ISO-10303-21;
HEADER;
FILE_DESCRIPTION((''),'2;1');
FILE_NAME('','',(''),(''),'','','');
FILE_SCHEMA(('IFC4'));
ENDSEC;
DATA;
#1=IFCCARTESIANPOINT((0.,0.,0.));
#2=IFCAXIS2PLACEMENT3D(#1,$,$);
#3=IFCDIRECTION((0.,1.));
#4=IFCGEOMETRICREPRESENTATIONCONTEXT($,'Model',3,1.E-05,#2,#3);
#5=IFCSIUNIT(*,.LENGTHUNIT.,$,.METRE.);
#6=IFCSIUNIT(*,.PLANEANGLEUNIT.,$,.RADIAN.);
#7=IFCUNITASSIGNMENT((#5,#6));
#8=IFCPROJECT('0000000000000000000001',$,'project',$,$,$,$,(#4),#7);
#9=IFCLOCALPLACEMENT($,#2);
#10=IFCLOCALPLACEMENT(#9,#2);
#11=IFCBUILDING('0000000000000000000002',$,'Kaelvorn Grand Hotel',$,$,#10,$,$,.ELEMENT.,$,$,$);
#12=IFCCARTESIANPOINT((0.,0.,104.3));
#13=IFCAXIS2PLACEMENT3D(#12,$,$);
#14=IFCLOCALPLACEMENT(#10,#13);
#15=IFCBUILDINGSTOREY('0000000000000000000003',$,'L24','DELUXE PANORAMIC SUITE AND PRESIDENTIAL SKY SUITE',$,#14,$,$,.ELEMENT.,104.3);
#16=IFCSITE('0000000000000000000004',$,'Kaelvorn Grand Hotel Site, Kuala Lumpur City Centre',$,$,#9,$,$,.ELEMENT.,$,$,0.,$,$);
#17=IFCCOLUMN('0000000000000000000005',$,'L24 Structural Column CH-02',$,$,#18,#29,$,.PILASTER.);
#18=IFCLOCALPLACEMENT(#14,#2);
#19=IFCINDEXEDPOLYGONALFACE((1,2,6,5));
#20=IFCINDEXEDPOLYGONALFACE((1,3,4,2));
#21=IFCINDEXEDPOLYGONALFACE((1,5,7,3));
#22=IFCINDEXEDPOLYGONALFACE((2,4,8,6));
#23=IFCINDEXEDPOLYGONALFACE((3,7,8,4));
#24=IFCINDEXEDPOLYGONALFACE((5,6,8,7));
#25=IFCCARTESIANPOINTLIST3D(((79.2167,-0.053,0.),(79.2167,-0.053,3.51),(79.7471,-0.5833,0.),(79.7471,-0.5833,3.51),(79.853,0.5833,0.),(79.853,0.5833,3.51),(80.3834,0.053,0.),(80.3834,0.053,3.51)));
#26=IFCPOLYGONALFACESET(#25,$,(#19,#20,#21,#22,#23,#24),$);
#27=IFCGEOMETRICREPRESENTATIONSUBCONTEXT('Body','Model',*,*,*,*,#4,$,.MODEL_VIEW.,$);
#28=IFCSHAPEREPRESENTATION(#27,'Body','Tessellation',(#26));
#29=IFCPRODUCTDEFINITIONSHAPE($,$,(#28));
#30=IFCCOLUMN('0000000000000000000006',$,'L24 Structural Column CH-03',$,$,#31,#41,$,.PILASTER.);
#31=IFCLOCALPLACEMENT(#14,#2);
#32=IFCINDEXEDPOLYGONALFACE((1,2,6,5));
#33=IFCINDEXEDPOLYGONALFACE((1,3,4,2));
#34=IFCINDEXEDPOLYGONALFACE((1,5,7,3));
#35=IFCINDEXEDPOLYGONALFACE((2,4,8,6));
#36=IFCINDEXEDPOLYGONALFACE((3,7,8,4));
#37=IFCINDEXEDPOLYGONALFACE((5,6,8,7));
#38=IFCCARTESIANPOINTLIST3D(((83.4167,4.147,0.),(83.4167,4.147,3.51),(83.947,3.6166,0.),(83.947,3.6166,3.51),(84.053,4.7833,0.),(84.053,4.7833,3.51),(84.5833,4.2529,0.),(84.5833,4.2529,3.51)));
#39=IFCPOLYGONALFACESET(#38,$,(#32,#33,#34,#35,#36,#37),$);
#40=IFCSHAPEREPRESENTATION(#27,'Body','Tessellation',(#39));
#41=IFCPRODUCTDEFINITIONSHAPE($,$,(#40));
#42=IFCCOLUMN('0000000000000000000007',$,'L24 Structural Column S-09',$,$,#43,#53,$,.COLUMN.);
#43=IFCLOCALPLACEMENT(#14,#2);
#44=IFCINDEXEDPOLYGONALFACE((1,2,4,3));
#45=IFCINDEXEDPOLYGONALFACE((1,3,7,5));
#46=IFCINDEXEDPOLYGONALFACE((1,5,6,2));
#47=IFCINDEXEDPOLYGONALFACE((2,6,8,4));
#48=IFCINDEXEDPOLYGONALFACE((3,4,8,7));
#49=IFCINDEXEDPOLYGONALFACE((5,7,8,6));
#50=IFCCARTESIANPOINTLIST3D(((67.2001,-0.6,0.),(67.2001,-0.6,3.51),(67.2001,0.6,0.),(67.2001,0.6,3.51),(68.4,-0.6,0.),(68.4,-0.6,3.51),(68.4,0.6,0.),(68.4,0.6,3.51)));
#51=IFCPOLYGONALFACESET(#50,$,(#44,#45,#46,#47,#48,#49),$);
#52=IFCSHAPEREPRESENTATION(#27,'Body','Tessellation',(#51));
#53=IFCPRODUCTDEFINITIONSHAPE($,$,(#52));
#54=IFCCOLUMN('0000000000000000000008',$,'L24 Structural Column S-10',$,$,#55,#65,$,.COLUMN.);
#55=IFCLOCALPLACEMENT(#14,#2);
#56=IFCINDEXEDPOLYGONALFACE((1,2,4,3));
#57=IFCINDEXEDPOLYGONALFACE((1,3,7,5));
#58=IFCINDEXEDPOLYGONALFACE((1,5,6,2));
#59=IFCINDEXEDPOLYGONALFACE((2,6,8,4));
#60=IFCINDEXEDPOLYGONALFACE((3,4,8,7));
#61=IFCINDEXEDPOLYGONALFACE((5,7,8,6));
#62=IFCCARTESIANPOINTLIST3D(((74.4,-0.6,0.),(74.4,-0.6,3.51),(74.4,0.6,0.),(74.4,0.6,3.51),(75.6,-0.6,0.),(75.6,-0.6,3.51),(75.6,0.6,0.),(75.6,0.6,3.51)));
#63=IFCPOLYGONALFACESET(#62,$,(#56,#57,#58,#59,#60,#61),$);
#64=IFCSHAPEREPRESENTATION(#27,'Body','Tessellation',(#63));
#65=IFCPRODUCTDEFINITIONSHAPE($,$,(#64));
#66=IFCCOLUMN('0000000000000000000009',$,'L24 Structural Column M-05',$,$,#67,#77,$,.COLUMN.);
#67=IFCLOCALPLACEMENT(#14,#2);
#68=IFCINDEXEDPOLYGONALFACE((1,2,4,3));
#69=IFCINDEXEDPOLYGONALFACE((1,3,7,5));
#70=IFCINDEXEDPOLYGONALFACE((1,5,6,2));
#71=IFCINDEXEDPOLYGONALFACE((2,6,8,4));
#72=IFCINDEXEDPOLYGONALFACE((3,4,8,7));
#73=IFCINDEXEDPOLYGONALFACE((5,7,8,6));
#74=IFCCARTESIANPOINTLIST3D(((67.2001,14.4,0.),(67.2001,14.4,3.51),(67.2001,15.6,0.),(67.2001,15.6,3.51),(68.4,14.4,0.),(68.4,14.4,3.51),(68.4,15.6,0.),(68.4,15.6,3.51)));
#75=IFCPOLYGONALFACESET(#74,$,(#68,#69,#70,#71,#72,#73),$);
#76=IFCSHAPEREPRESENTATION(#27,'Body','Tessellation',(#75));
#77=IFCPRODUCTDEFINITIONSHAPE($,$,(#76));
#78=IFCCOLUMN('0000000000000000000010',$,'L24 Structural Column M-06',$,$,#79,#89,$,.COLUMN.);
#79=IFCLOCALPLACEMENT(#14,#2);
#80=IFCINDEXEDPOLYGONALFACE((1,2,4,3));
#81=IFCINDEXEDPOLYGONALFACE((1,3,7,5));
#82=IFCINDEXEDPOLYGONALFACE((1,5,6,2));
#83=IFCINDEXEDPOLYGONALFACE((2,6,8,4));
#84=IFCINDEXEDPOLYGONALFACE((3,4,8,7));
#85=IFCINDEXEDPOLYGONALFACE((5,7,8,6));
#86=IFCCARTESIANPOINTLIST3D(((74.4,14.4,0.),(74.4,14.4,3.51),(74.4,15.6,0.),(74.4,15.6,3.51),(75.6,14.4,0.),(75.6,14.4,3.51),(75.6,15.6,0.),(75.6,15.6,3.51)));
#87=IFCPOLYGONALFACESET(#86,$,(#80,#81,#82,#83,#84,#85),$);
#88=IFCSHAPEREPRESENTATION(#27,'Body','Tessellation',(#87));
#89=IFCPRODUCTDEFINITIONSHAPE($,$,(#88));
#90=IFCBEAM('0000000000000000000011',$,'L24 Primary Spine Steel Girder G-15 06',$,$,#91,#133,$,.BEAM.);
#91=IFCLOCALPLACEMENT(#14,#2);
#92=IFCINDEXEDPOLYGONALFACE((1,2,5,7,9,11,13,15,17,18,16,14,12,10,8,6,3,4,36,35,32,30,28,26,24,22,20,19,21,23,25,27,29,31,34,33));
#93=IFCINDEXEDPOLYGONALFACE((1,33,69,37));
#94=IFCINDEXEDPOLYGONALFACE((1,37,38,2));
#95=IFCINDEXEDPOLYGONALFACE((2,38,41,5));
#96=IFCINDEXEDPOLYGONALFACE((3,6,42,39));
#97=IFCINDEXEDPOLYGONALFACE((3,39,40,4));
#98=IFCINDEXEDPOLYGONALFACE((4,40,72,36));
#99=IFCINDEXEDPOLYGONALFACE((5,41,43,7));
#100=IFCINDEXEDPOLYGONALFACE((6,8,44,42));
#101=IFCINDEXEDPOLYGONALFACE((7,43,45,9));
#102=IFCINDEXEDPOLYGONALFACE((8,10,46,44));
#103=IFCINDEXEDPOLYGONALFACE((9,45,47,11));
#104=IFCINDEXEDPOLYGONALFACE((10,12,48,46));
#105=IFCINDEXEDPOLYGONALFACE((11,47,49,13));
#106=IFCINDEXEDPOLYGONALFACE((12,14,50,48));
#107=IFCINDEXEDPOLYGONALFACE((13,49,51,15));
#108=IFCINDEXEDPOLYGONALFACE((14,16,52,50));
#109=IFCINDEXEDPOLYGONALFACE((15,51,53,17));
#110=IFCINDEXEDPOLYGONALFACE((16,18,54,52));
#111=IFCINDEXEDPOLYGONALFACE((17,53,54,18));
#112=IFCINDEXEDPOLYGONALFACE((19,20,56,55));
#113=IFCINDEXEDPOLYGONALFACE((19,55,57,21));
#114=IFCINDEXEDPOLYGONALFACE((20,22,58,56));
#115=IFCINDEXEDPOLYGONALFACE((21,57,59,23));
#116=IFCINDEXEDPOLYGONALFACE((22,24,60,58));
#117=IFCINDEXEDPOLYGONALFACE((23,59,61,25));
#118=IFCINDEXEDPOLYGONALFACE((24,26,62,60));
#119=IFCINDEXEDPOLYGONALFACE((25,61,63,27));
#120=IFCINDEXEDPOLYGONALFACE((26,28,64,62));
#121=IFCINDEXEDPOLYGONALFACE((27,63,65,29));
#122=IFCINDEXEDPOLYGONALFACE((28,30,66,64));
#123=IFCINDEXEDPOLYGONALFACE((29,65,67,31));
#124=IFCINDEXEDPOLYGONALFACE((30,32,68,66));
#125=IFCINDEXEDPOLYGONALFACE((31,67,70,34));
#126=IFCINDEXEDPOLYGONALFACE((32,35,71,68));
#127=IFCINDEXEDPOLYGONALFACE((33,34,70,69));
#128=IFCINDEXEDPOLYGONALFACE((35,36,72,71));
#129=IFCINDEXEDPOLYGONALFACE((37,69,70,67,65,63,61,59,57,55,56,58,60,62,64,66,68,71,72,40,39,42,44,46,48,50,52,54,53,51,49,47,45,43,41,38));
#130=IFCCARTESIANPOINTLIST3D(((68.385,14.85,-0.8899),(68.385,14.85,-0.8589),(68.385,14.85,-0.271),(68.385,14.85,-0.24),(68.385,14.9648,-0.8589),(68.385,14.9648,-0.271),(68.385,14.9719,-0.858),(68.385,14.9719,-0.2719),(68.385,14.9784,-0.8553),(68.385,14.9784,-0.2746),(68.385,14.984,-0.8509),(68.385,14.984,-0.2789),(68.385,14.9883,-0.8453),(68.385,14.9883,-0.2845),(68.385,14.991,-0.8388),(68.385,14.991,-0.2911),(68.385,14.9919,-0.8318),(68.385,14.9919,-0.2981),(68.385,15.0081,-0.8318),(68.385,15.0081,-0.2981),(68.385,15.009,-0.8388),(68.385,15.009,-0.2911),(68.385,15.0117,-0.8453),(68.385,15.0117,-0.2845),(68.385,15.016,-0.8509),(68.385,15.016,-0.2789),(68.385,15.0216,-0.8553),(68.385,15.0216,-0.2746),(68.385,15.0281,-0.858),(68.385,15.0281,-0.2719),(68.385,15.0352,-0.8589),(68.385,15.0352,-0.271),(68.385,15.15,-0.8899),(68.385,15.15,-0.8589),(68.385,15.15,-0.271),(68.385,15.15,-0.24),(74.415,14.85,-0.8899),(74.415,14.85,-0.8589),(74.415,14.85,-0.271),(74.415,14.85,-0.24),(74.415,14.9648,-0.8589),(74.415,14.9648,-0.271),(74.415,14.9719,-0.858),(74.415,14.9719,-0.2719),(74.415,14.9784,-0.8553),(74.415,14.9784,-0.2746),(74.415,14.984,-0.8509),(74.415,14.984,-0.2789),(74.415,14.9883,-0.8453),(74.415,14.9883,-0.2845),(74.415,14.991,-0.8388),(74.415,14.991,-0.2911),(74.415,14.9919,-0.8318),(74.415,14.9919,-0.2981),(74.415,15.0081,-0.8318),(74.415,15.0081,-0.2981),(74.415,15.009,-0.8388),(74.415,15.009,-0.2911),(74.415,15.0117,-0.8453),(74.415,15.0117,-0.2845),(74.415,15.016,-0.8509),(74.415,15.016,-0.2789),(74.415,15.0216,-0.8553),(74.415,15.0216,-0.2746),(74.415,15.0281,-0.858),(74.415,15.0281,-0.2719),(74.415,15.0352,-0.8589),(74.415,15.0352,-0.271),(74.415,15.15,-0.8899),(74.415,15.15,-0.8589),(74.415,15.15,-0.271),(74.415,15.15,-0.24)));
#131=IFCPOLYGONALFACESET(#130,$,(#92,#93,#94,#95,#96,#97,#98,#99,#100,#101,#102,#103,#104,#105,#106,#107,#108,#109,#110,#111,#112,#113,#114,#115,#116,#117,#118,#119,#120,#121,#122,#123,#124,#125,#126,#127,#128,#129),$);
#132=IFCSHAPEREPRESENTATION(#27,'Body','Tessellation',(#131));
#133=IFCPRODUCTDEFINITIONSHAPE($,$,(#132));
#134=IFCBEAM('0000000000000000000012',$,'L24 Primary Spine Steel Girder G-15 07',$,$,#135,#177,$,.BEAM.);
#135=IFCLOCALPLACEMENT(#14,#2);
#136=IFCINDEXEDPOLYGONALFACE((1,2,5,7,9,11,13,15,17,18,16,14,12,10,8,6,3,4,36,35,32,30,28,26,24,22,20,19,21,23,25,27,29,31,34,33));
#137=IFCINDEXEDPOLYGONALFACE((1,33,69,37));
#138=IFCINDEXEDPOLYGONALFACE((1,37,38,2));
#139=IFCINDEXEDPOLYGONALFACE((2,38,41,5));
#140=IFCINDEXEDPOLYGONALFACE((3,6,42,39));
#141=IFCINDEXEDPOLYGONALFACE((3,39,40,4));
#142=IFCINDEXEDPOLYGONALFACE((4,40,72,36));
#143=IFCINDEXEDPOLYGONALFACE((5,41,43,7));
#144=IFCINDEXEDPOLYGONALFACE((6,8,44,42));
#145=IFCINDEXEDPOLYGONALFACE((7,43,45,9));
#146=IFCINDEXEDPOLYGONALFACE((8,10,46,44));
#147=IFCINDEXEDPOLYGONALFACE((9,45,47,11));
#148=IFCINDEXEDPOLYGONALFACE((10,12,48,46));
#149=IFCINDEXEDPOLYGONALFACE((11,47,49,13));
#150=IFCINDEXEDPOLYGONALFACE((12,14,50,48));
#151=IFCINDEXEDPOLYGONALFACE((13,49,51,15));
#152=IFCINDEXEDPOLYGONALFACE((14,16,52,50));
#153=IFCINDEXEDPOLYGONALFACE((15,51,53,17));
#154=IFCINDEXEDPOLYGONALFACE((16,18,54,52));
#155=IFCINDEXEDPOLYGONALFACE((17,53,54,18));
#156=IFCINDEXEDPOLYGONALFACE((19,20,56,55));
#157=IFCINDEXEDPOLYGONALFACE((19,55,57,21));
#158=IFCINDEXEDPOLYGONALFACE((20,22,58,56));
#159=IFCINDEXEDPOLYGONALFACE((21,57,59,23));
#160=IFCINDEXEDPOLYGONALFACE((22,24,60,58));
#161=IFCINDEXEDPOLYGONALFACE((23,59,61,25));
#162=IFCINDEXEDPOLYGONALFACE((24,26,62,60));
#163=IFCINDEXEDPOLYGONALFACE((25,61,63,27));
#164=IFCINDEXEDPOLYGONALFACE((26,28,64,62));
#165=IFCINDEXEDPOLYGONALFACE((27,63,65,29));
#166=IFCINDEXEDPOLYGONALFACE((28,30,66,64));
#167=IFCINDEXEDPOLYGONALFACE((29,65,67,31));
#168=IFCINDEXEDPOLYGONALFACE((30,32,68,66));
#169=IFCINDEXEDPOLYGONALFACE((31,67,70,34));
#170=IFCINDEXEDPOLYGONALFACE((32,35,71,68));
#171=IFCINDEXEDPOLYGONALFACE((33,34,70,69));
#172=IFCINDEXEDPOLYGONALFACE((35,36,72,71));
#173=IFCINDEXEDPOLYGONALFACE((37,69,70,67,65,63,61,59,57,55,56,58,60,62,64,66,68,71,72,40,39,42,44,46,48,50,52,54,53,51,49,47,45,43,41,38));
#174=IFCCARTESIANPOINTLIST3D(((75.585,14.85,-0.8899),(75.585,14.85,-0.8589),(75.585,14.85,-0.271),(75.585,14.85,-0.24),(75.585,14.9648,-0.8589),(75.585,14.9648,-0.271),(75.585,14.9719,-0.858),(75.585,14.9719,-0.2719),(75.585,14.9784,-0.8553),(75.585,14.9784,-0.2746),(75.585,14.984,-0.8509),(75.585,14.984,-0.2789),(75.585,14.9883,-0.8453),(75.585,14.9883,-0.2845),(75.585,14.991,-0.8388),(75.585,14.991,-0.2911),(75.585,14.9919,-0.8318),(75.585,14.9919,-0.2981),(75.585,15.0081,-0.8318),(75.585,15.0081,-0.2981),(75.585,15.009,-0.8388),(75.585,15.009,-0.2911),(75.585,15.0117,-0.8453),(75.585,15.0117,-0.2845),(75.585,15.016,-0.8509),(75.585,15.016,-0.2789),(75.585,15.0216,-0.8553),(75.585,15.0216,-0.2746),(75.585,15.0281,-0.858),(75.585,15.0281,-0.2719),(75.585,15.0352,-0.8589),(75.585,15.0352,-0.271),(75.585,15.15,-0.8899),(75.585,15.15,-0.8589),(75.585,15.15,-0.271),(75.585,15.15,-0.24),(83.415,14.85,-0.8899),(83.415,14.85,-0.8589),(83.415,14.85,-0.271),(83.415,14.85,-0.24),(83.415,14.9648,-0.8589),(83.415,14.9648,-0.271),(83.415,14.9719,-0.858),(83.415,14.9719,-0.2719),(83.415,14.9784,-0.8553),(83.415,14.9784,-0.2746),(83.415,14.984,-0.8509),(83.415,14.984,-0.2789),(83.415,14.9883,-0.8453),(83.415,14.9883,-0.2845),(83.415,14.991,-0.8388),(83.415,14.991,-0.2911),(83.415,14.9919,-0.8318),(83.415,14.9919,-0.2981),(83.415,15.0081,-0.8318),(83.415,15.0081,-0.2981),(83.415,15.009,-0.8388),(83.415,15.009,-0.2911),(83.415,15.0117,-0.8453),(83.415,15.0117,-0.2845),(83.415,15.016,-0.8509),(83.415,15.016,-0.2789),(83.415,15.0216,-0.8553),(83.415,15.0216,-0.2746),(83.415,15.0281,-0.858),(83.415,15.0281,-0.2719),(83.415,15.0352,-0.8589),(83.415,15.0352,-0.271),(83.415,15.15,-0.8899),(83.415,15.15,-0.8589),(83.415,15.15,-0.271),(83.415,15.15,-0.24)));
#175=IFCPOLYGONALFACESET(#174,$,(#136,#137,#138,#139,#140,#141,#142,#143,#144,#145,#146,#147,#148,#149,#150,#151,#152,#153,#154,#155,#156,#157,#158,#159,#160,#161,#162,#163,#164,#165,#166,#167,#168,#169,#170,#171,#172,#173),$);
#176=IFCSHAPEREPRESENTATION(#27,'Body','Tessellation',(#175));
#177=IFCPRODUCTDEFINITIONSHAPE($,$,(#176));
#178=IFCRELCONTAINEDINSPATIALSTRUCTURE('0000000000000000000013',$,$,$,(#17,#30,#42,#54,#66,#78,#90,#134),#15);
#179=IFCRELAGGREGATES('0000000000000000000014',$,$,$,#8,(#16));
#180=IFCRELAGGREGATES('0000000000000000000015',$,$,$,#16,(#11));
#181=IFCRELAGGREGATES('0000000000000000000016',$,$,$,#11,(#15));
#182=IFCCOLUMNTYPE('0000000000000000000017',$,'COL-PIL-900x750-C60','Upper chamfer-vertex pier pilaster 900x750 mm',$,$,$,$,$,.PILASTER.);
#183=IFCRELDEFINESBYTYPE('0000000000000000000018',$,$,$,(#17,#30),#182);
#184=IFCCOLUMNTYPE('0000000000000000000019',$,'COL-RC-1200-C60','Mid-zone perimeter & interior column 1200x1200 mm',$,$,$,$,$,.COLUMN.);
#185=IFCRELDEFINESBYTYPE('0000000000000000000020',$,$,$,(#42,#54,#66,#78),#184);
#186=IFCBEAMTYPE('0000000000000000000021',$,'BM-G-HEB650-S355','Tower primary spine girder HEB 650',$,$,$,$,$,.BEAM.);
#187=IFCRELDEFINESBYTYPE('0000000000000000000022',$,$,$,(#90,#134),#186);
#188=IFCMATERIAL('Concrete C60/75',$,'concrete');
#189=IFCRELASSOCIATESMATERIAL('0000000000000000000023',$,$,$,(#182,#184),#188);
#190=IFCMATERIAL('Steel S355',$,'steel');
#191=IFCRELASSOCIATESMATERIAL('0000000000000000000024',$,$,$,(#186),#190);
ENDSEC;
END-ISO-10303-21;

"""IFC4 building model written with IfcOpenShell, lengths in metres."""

from ifc_helpers import new_model, si_unit, direction, frame, origin, origin_2d, place, context, subcontext, project, spatial, rectangle, i_section, extrude, material, material_profile, profile_set, type_object, element, save


model = new_model("IFC4")

# Units and contexts
model_context = context("Model", 3, precision=1e-05, world=origin(), true_north=direction((0.0, 1.0)))
body_context = subcontext(model_context, "Body", "Model", "MODEL_VIEW")
ifc_project = project(units=[si_unit("LENGTHUNIT", "METRE"), si_unit("PLANEANGLEUNIT", "RADIAN")], contexts=[model_context])

# Site, building, storey
site_placement = place(None, origin())
site = spatial("IfcSite", under=ifc_project, at=site_placement, Name="Kaelvorn Grand Hotel Site, Kuala Lumpur City Centre", CompositionType="ELEMENT", RefElevation=0.0)
building_placement = place(site_placement, origin())
building = spatial("IfcBuilding", under=site, at=building_placement, Name="Kaelvorn Grand Hotel", CompositionType="ELEMENT")
storey_placement = place(building_placement, frame((0.0, 0.0, 104.3)))
storey = spatial("IfcBuildingStorey", under=building, at=storey_placement, Name="L24", Description="DELUXE PANORAMIC SUITE AND PRESIDENTIAL SKY SUITE", CompositionType="ELEMENT", Elevation=104.3)

# Columns
ifc_material_1 = material(Name="Concrete C60/75", Category="concrete")
ifc_material_profile_1 = material_profile(ifc_material_1, rectangle(XDim=0.8999, YDim=0.75, at=origin_2d()), Name="RC PILASTER 900x750")
ifc_profile_set_1 = profile_set([ifc_material_profile_1], Name="Concrete C60/75")
column_type_1 = type_object("IfcColumnType", Name="COL-PIL-900x750-C60", Description="Upper chamfer-vertex pier pilaster 900x750 mm", PredefinedType="PILASTER", material=ifc_profile_set_1)
for number, where, z_axis, x_axis, name in (
    (1, (79.8, 0.0, 0.0), (0.0, 0.0, 1.0), (0.707107, 0.707107, 0.0), "L24 Structural Column CH-02"),
    (2, (84.0, 4.2, 0.0), (0.0, 0.0, 1.0), (0.707107, 0.707107, 0.0), "L24 Structural Column CH-03"),
):
    element("IfcColumn", number, at=place(storey_placement, frame(where, z_axis=z_axis, x_axis=x_axis)), inside=storey, type_object=column_type_1, Name=name, PredefinedType="PILASTER", context=body_context, shape_type="SweptSolid", body=[
        extrude(rectangle(XDim=0.8999, YDim=0.75, at=origin_2d()), origin(), (0.0, 0.0, 1.0), 3.51),
    ])
ifc_material_profile_2 = material_profile(ifc_material_1, rectangle(XDim=1.2, YDim=1.2, at=origin_2d()), Name="RC COL 1200x1200")
ifc_profile_set_2 = profile_set([ifc_material_profile_2], Name="Concrete C60/75")
column_type_2 = type_object("IfcColumnType", Name="COL-RC-1200-C60", Description="Mid-zone perimeter & interior column 1200x1200 mm", PredefinedType="COLUMN", material=ifc_profile_set_2)
for number, where, z_axis, x_axis, name in (
    (3, (67.8, 0.0, 0.0), (0.0, 0.0, 1.0), (1.0, 0.0, 0.0), "L24 Structural Column S-09"),
    (4, (75.0, 0.0, 0.0), (0.0, 0.0, 1.0), (1.0, 0.0, 0.0), "L24 Structural Column S-10"),
    (5, (67.8, 15.0, 0.0), (0.0, 0.0, 1.0), (1.0, 0.0, 0.0), "L24 Structural Column M-05"),
    (6, (75.0, 15.0, 0.0), (0.0, 0.0, 1.0), (1.0, 0.0, 0.0), "L24 Structural Column M-06"),
):
    element("IfcColumn", number, at=place(storey_placement, frame(where, z_axis=z_axis, x_axis=x_axis)), inside=storey, type_object=column_type_2, Name=name, PredefinedType="COLUMN", context=body_context, shape_type="SweptSolid", body=[
        extrude(rectangle(XDim=1.2, YDim=1.2, at=origin_2d()), origin(), (0.0, 0.0, 1.0), 3.51),
    ])

# Beams
ifc_material_2 = material(Name="Steel S355", Category="steel")
ifc_material_profile_3 = material_profile(ifc_material_2, i_section(OverallWidth=0.3, OverallDepth=0.6499, WebThickness=0.0161, FlangeThickness=0.031, FilletRadius=0.0271, at=origin_2d()), Name="HEB 650")
ifc_profile_set_3 = profile_set([ifc_material_profile_3], Name="Steel S355")
beam_type_1 = type_object("IfcBeamType", Name="BM-G-HEB650-S355", Description="Tower primary spine girder HEB 650", PredefinedType="BEAM", material=ifc_profile_set_3)
beam_1_placement = place(storey_placement, frame((68.385, 15.0, -0.5649), z_axis=(1.0, 0.0, 0.0), x_axis=(0.0, 1.0, 0.0)))
element("IfcBeam", 7, at=beam_1_placement, inside=storey, type_object=beam_type_1, Name="L24 Primary Spine Steel Girder G-15 06", PredefinedType="BEAM", context=body_context, shape_type="SweptSolid", body=[
    extrude(i_section(OverallWidth=0.3, OverallDepth=0.6499, WebThickness=0.0161, FlangeThickness=0.031, FilletRadius=0.0271, at=origin_2d()), origin(), (0.0, 0.0, 1.0), 6.03),
])
beam_2_placement = place(storey_placement, frame((75.585, 15.0, -0.5649), z_axis=(1.0, 0.0, 0.0), x_axis=(0.0, 1.0, 0.0)))
element("IfcBeam", 8, at=beam_2_placement, inside=storey, type_object=beam_type_1, Name="L24 Primary Spine Steel Girder G-15 07", PredefinedType="BEAM", context=body_context, shape_type="SweptSolid", body=[
    extrude(i_section(OverallWidth=0.3, OverallDepth=0.6499, WebThickness=0.0161, FlangeThickness=0.031, FilletRadius=0.0271, at=origin_2d()), origin(), (0.0, 0.0, 1.0), 7.8301),
])

save(model, "model.ifc")
